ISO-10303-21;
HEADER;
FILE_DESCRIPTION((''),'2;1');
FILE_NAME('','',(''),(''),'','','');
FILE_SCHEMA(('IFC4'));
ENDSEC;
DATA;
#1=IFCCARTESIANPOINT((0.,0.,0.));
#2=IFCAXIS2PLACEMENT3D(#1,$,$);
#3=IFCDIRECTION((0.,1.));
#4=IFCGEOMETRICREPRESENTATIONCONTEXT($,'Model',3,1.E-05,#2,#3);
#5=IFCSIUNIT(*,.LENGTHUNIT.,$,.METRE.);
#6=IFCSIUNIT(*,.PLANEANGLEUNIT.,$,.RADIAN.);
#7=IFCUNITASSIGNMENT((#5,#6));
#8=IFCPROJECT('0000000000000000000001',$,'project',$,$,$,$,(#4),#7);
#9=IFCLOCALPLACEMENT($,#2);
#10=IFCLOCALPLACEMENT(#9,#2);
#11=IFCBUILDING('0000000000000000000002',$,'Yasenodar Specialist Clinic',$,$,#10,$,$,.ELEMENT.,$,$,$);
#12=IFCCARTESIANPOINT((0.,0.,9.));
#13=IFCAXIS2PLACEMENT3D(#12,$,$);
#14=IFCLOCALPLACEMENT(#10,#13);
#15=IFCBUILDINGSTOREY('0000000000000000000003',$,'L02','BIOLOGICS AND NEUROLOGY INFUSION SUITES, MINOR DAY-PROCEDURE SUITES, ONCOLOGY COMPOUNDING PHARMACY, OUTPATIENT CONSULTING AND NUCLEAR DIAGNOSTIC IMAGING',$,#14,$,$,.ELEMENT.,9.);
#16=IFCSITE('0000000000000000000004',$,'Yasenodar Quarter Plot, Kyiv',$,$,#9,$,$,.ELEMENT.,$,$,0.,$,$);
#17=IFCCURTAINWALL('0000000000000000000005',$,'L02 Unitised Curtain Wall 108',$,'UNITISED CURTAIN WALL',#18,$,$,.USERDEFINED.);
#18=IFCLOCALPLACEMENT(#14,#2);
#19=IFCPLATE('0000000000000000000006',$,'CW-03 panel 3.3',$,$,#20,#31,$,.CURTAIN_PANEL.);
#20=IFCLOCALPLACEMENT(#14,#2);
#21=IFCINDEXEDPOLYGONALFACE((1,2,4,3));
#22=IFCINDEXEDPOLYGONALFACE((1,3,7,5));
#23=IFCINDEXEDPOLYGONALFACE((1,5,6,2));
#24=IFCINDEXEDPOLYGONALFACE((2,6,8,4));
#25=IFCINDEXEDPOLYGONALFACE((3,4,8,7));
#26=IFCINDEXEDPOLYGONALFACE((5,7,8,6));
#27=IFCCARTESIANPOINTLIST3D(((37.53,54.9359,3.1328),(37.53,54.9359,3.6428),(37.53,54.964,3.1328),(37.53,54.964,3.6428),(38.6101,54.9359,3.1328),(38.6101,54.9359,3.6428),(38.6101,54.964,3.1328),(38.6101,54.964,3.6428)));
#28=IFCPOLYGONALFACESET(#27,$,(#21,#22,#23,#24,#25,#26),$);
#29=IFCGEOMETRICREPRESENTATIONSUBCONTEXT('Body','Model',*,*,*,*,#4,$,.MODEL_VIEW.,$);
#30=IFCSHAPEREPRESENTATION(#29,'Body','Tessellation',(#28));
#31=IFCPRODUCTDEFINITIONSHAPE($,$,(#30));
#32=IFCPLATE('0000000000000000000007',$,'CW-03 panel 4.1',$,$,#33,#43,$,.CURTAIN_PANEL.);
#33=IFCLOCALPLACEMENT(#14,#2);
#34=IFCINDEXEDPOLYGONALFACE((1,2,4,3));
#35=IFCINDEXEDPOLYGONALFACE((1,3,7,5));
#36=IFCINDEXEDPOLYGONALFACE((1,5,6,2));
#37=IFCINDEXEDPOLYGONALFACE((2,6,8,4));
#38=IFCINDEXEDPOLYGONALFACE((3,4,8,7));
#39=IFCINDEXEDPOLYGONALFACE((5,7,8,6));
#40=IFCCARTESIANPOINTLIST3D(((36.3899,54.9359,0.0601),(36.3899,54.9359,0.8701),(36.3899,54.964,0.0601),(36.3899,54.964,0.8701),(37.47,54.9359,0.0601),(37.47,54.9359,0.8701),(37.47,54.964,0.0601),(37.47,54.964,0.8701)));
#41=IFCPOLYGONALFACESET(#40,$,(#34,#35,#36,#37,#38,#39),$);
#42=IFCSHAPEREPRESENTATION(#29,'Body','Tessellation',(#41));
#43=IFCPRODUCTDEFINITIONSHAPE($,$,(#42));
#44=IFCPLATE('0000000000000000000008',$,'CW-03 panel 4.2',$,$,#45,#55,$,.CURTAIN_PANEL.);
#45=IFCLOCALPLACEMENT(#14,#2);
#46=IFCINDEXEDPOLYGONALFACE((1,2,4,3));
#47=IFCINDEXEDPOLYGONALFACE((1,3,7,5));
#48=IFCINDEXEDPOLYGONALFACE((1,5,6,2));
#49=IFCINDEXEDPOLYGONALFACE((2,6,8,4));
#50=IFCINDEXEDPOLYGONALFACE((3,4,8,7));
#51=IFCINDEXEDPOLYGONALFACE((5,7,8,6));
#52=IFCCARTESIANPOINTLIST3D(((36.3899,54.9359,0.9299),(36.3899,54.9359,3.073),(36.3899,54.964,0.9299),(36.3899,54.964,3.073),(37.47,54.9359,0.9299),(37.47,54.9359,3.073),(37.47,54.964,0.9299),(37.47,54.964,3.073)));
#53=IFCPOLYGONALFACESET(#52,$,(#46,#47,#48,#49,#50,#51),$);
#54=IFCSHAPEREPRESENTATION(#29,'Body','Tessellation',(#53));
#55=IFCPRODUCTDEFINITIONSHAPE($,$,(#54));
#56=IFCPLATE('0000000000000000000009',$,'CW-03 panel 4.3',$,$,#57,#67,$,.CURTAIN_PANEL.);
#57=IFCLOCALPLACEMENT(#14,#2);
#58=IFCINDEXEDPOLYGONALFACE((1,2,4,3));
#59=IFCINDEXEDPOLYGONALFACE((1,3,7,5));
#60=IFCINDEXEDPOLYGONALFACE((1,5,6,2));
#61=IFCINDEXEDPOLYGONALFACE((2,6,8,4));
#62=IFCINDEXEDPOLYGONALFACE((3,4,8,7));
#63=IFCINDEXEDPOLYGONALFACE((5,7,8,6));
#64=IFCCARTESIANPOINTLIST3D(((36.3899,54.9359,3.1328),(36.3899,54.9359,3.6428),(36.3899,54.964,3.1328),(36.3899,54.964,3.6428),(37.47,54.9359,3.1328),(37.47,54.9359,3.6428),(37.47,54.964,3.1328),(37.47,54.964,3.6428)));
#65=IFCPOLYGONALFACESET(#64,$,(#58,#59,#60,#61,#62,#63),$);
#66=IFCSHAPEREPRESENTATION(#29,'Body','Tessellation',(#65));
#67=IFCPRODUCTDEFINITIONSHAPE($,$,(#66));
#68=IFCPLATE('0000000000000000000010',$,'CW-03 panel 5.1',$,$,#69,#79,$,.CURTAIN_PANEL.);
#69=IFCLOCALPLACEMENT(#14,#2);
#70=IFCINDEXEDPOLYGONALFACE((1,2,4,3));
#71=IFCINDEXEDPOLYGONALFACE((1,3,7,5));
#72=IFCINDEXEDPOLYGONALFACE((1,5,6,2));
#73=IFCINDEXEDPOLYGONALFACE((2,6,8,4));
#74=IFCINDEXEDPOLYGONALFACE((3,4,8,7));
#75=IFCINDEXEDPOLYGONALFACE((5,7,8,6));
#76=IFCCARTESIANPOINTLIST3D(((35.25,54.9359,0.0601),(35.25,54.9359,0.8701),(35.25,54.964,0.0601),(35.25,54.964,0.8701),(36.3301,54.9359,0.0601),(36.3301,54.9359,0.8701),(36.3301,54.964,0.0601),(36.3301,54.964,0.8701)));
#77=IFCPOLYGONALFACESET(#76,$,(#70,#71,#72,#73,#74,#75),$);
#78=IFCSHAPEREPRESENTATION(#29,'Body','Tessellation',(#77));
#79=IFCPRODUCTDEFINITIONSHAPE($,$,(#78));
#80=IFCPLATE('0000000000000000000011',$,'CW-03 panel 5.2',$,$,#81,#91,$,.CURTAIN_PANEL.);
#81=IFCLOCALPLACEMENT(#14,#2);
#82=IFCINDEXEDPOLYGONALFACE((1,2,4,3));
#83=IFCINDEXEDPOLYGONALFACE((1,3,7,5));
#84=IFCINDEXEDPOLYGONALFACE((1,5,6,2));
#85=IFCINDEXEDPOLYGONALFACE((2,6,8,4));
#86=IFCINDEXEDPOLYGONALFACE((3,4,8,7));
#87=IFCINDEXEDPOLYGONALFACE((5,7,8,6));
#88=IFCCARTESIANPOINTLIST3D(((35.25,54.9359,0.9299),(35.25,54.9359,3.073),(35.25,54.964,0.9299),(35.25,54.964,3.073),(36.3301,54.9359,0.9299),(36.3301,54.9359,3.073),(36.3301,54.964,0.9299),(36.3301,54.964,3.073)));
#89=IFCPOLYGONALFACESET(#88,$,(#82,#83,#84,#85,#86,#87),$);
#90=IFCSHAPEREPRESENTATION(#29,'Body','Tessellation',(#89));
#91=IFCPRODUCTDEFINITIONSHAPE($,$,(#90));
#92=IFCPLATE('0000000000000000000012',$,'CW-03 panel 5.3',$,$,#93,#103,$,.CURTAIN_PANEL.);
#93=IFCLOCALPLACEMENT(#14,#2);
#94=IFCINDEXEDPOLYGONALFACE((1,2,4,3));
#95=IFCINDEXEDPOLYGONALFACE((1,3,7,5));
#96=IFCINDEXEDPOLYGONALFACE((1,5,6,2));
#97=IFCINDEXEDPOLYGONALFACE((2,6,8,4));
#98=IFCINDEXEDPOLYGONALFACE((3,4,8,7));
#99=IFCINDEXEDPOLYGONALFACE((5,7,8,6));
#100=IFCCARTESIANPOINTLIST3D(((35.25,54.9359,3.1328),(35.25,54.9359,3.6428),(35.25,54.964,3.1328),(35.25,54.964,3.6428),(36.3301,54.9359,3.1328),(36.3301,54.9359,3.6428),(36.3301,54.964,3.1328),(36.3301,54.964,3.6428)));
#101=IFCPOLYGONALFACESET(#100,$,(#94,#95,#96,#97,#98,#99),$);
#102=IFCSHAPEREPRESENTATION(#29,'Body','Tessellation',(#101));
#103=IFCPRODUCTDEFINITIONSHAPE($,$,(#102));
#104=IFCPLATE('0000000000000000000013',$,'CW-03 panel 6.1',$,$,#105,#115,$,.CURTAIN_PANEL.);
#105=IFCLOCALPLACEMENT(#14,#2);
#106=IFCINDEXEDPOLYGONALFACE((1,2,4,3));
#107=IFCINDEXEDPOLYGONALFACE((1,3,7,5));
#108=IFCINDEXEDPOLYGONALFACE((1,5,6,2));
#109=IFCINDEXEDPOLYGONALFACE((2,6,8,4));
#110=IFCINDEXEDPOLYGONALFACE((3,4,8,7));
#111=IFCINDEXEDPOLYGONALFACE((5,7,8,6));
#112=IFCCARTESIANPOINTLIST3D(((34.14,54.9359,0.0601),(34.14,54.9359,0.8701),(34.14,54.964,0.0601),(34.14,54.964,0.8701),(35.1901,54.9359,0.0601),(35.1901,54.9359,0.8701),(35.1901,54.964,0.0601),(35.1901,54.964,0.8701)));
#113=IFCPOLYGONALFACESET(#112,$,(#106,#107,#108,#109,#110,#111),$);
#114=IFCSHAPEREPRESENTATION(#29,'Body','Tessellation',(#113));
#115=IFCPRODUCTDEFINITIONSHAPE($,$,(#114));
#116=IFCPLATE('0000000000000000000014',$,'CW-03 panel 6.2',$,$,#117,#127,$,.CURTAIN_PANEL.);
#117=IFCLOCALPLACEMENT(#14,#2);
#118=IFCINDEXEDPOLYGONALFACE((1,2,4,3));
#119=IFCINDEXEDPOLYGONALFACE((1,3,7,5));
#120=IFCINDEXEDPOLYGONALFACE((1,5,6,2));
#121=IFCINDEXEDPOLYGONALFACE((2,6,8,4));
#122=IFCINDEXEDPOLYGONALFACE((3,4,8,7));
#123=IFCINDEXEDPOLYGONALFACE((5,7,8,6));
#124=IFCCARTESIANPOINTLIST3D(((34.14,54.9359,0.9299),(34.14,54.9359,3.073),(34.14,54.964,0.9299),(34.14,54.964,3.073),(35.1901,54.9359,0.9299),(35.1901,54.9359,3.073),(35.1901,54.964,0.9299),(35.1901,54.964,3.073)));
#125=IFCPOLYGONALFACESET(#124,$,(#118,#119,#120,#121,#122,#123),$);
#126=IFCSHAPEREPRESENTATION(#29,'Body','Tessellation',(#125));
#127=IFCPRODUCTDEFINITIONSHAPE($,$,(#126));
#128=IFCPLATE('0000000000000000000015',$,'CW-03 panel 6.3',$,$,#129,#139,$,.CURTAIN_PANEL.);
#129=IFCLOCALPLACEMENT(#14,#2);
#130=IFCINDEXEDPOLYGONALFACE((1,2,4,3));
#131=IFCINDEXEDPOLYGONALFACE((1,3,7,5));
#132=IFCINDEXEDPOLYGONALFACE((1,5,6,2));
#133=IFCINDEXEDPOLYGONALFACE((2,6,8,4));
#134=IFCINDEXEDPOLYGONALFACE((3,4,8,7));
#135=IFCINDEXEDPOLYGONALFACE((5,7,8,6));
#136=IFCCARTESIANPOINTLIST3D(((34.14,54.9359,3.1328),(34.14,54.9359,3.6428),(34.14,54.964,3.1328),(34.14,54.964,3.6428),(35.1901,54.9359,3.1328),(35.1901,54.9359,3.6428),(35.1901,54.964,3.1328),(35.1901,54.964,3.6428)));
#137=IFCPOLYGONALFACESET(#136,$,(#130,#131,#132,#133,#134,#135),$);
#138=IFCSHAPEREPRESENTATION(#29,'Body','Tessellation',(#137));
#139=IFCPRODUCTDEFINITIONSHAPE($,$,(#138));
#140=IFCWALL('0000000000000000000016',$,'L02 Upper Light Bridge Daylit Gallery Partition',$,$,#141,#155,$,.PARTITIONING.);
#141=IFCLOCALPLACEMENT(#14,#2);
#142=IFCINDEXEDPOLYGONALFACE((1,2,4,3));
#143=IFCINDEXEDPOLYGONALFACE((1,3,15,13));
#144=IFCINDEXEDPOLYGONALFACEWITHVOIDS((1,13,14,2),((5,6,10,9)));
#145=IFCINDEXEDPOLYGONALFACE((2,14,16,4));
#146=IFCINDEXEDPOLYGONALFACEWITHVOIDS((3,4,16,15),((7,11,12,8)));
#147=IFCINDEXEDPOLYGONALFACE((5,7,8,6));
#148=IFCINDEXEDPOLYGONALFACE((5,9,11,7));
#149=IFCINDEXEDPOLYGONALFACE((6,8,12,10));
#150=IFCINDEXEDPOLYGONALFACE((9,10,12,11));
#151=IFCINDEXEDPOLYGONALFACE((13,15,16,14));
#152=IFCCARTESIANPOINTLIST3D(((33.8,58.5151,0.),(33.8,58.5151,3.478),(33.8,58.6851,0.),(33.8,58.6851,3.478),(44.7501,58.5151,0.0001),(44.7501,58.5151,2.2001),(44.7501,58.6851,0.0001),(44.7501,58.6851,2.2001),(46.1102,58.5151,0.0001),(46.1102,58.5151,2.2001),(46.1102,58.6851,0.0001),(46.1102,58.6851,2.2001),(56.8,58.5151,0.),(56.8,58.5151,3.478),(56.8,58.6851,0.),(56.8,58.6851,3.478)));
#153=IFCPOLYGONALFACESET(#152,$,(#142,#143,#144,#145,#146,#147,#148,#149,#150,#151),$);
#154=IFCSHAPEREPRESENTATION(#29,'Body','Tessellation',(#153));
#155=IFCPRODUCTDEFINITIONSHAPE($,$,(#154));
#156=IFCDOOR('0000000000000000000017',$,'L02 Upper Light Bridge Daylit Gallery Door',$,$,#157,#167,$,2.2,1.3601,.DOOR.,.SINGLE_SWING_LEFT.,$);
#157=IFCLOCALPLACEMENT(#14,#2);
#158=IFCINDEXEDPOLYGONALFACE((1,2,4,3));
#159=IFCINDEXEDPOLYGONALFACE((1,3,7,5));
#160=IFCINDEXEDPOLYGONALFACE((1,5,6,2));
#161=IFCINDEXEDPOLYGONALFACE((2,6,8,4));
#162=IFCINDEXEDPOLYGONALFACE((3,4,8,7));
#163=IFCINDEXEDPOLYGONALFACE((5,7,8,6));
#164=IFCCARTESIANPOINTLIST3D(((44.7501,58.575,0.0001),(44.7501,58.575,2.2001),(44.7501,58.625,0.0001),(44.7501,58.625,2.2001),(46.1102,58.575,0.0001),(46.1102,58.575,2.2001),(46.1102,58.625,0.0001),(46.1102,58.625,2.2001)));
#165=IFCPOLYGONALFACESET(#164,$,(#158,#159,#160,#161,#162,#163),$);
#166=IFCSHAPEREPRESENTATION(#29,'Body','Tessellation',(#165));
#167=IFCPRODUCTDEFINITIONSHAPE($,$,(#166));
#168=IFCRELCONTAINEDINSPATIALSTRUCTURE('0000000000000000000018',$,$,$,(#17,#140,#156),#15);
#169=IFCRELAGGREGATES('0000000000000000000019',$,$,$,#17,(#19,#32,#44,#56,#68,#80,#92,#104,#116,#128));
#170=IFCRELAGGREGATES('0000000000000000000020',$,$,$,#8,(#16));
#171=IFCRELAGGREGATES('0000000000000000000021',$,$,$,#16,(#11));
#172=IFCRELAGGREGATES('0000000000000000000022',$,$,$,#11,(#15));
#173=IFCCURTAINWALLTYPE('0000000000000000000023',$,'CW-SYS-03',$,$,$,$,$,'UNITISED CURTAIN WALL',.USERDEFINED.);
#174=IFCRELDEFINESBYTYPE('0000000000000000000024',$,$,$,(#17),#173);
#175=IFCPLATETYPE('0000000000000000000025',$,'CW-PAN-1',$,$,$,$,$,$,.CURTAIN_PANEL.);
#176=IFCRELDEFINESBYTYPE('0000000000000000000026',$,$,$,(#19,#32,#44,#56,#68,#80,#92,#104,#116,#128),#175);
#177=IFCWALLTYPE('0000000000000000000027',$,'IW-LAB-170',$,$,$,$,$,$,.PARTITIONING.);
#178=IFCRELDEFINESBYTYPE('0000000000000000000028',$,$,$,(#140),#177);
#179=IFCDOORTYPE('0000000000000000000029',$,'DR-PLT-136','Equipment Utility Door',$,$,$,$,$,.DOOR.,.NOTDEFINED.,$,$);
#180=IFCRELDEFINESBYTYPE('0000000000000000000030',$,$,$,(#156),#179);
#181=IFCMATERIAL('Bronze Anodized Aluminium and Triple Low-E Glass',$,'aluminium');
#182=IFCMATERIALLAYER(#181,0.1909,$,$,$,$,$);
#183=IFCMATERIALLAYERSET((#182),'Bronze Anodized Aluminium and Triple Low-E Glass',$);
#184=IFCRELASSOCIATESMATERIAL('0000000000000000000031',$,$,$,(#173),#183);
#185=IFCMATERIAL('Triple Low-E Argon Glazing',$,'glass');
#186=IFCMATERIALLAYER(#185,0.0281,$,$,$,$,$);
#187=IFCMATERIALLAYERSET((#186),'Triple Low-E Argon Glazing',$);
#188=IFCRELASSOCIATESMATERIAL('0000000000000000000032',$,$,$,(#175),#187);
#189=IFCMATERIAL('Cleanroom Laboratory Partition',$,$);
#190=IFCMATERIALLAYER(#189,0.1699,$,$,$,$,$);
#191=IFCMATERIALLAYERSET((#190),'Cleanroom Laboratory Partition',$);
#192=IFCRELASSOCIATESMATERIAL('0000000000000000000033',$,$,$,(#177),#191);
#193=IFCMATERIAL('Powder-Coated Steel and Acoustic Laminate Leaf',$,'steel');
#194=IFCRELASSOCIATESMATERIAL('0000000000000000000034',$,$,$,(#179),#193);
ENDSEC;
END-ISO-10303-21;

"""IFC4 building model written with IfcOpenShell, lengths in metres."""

from ifc_helpers import new_model, si_unit, direction, frame, frame_2d, origin, origin_2d, place, context, subcontext, project, spatial, rectangle, extrude, material, layer, layer_set, type_object, element, fill, aggregate, save


model = new_model("IFC4")

# Units and contexts
model_context = context("Model", 3, precision=1e-05, world=origin(), true_north=direction((0.0, 1.0)))
body_context = subcontext(model_context, "Body", "Model", "MODEL_VIEW")
ifc_project = project(units=[si_unit("LENGTHUNIT", "METRE"), si_unit("PLANEANGLEUNIT", "RADIAN")], contexts=[model_context])

# Site, building, storey
site_placement = place(None, origin())
site = spatial("IfcSite", under=ifc_project, at=site_placement, Name="Yasenodar Quarter Plot, Kyiv", CompositionType="ELEMENT", RefElevation=0.0)
building_placement = place(site_placement, origin())
building = spatial("IfcBuilding", under=site, at=building_placement, Name="Yasenodar Specialist Clinic", CompositionType="ELEMENT")
storey_placement = place(building_placement, frame((0.0, 0.0, 9.0)))
storey = spatial("IfcBuildingStorey", under=building, at=storey_placement, Name="L02", Description="BIOLOGICS AND NEUROLOGY INFUSION SUITES, MINOR DAY-PROCEDURE SUITES, ONCOLOGY COMPOUNDING PHARMACY, OUTPATIENT CONSULTING AND NUCLEAR DIAGNOSTIC IMAGING", CompositionType="ELEMENT", Elevation=9.0)

# Curtain wall, plates
ifc_material_1 = material(Name="Bronze Anodized Aluminium and Triple Low-E Glass", Category="aluminium")
ifc_layer_1 = layer(ifc_material_1, 0.1909)
ifc_layer_set_1 = layer_set([ifc_layer_1], Name="Bronze Anodized Aluminium and Triple Low-E Glass")
curtain_wall_type = type_object("IfcCurtainWallType", Name="CW-SYS-03", ElementType="UNITISED CURTAIN WALL", PredefinedType="USERDEFINED", material=ifc_layer_set_1)
curtain_wall_placement = place(storey_placement, origin())
curtain_wall = element("IfcCurtainWall", 1, at=curtain_wall_placement, inside=storey, type_object=curtain_wall_type, Name="L02 Unitised Curtain Wall 108", ObjectType="UNITISED CURTAIN WALL", PredefinedType="USERDEFINED")
ifc_material_2 = material(Name="Triple Low-E Argon Glazing", Category="glass")
ifc_layer_2 = layer(ifc_material_2, 0.0281)
ifc_layer_set_2 = layer_set([ifc_layer_2], Name="Triple Low-E Argon Glazing")
plate_type = type_object("IfcPlateType", Name="CW-PAN-1", PredefinedType="CURTAIN_PANEL", material=ifc_layer_set_2)
plate_1_placement = place(storey_placement, frame((38.0701, 54.95, 3.1328), z_axis=(0.0, 0.0, 1.0), x_axis=(-1.0, 0.0, 0.0)))
plate_1 = element("IfcPlate", 2, at=plate_1_placement, type_object=plate_type, Name="CW-03 panel 3.3", PredefinedType="CURTAIN_PANEL", context=body_context, shape_type="SweptSolid", body=[
    extrude(rectangle(XDim=1.0801, YDim=0.0281, at=origin_2d()), origin(), (0.0, 0.0, 1.0), 0.51),
])
plate_2_placement = place(storey_placement, frame((36.9299, 54.95, 0.0601), z_axis=(0.0, 0.0, 1.0), x_axis=(-1.0, 0.0, 0.0)))
plate_2 = element("IfcPlate", 3, at=plate_2_placement, type_object=plate_type, Name="CW-03 panel 4.1", PredefinedType="CURTAIN_PANEL", context=body_context, shape_type="SweptSolid", body=[
    extrude(rectangle(XDim=1.0801, YDim=0.0281, at=origin_2d()), origin(), (0.0, 0.0, 1.0), 0.8101),
])
plate_3_placement = place(storey_placement, frame((36.9299, 54.95, 0.9299), z_axis=(0.0, 0.0, 1.0), x_axis=(-1.0, 0.0, 0.0)))
plate_3 = element("IfcPlate", 4, at=plate_3_placement, type_object=plate_type, Name="CW-03 panel 4.2", PredefinedType="CURTAIN_PANEL", context=body_context, shape_type="SweptSolid", body=[
    extrude(rectangle(XDim=1.0801, YDim=0.0281, at=origin_2d()), origin(), (0.0, 0.0, 1.0), 2.1431),
])
plate_4_placement = place(storey_placement, frame((36.9299, 54.95, 3.1328), z_axis=(0.0, 0.0, 1.0), x_axis=(-1.0, 0.0, 0.0)))
plate_4 = element("IfcPlate", 5, at=plate_4_placement, type_object=plate_type, Name="CW-03 panel 4.3", PredefinedType="CURTAIN_PANEL", context=body_context, shape_type="SweptSolid", body=[
    extrude(rectangle(XDim=1.0801, YDim=0.0281, at=origin_2d()), origin(), (0.0, 0.0, 1.0), 0.51),
])
plate_5_placement = place(storey_placement, frame((35.79, 54.95, 0.0601), z_axis=(0.0, 0.0, 1.0), x_axis=(-1.0, 0.0, 0.0)))
plate_5 = element("IfcPlate", 6, at=plate_5_placement, type_object=plate_type, Name="CW-03 panel 5.1", PredefinedType="CURTAIN_PANEL", context=body_context, shape_type="SweptSolid", body=[
    extrude(rectangle(XDim=1.0801, YDim=0.0281, at=origin_2d()), origin(), (0.0, 0.0, 1.0), 0.8101),
])
plate_6_placement = place(storey_placement, frame((35.79, 54.95, 0.9299), z_axis=(0.0, 0.0, 1.0), x_axis=(-1.0, 0.0, 0.0)))
plate_6 = element("IfcPlate", 7, at=plate_6_placement, type_object=plate_type, Name="CW-03 panel 5.2", PredefinedType="CURTAIN_PANEL", context=body_context, shape_type="SweptSolid", body=[
    extrude(rectangle(XDim=1.0801, YDim=0.0281, at=origin_2d()), origin(), (0.0, 0.0, 1.0), 2.1431),
])
plate_7_placement = place(storey_placement, frame((35.79, 54.95, 3.1328), z_axis=(0.0, 0.0, 1.0), x_axis=(-1.0, 0.0, 0.0)))
plate_7 = element("IfcPlate", 8, at=plate_7_placement, type_object=plate_type, Name="CW-03 panel 5.3", PredefinedType="CURTAIN_PANEL", context=body_context, shape_type="SweptSolid", body=[
    extrude(rectangle(XDim=1.0801, YDim=0.0281, at=origin_2d()), origin(), (0.0, 0.0, 1.0), 0.51),
])
plate_8_placement = place(storey_placement, frame((34.665, 54.95, 0.0601), z_axis=(0.0, 0.0, 1.0), x_axis=(-1.0, 0.0, 0.0)))
plate_8 = element("IfcPlate", 9, at=plate_8_placement, type_object=plate_type, Name="CW-03 panel 6.1", PredefinedType="CURTAIN_PANEL", context=body_context, shape_type="SweptSolid", body=[
    extrude(rectangle(XDim=1.05, YDim=0.0281, at=origin_2d()), origin(), (0.0, 0.0, 1.0), 0.8101),
])
plate_9_placement = place(storey_placement, frame((34.665, 54.95, 0.9299), z_axis=(0.0, 0.0, 1.0), x_axis=(-1.0, 0.0, 0.0)))
plate_9 = element("IfcPlate", 10, at=plate_9_placement, type_object=plate_type, Name="CW-03 panel 6.2", PredefinedType="CURTAIN_PANEL", context=body_context, shape_type="SweptSolid", body=[
    extrude(rectangle(XDim=1.05, YDim=0.0281, at=origin_2d()), origin(), (0.0, 0.0, 1.0), 2.1431),
])
plate_10_placement = place(storey_placement, frame((34.665, 54.95, 3.1328), z_axis=(0.0, 0.0, 1.0), x_axis=(-1.0, 0.0, 0.0)))
plate_10 = element("IfcPlate", 11, at=plate_10_placement, type_object=plate_type, Name="CW-03 panel 6.3", PredefinedType="CURTAIN_PANEL", context=body_context, shape_type="SweptSolid", body=[
    extrude(rectangle(XDim=1.05, YDim=0.0281, at=origin_2d()), origin(), (0.0, 0.0, 1.0), 0.51),
])
aggregate(curtain_wall, [plate_1, plate_2, plate_3, plate_4, plate_5, plate_6, plate_7, plate_8, plate_9, plate_10])

# Wall, opening, door
ifc_material_3 = material(Name="Cleanroom Laboratory Partition")
ifc_layer_3 = layer(ifc_material_3, 0.1699)
ifc_layer_set_3 = layer_set([ifc_layer_3], Name="Cleanroom Laboratory Partition")
wall_type = type_object("IfcWallType", Name="IW-LAB-170", PredefinedType="PARTITIONING", material=ifc_layer_set_3)
wall_placement = place(storey_placement, frame((33.8, 58.6001, 0.0), z_axis=(0.0, 0.0, 1.0), x_axis=(1.0, 0.0, 0.0)))
wall = element("IfcWall", 12, at=wall_placement, inside=storey, type_object=wall_type, Name="L02 Upper Light Bridge Daylit Gallery Partition", PredefinedType="PARTITIONING", context=body_context, shape_type="SweptSolid", body=[
    extrude(rectangle(XDim=23.0, YDim=0.1699, at=frame_2d((11.5, 0.0))), origin(), (0.0, 0.0, 1.0), 3.478),
])
opening_placement = place(wall_placement, frame((10.95, 0.0, 0.0)))
opening = element("IfcOpeningElement", 13, at=opening_placement, cuts=wall, PredefinedType="OPENING", context=body_context, shape_type="SweptSolid", body=[
    extrude(rectangle(XDim=1.3601, YDim=2.2, at=frame_2d((0.6802, 1.1001))), frame((0.0, 0.095, 0.0), z_axis=(0.0, -1.0, 0.0), x_axis=(1.0, 0.0, 0.0)), (0.0, 0.0, 1.0), 0.1899),
])
ifc_material_4 = material(Name="Powder-Coated Steel and Acoustic Laminate Leaf", Category="steel")
door_type = type_object("IfcDoorType", Name="DR-PLT-136", Description="Equipment Utility Door", OperationType="NOTDEFINED", PredefinedType="DOOR", material=ifc_material_4)
door_placement = place(opening_placement, origin())
door = element("IfcDoor", 14, at=door_placement, inside=storey, type_object=door_type, Name="L02 Upper Light Bridge Daylit Gallery Door", OperationType="SINGLE_SWING_LEFT", OverallHeight=2.2, OverallWidth=1.3601, PredefinedType="DOOR", context=body_context, shape_type="SweptSolid", body=[
    extrude(rectangle(XDim=1.3601, YDim=2.2, at=frame_2d((0.6802, 1.1001))), frame((0.0, 0.0249, 0.0), z_axis=(0.0, -1.0, 0.0), x_axis=(1.0, 0.0, 0.0)), (0.0, 0.0, 1.0), 0.05),
])
fill(opening, door)

save(model, "model.ifc")
